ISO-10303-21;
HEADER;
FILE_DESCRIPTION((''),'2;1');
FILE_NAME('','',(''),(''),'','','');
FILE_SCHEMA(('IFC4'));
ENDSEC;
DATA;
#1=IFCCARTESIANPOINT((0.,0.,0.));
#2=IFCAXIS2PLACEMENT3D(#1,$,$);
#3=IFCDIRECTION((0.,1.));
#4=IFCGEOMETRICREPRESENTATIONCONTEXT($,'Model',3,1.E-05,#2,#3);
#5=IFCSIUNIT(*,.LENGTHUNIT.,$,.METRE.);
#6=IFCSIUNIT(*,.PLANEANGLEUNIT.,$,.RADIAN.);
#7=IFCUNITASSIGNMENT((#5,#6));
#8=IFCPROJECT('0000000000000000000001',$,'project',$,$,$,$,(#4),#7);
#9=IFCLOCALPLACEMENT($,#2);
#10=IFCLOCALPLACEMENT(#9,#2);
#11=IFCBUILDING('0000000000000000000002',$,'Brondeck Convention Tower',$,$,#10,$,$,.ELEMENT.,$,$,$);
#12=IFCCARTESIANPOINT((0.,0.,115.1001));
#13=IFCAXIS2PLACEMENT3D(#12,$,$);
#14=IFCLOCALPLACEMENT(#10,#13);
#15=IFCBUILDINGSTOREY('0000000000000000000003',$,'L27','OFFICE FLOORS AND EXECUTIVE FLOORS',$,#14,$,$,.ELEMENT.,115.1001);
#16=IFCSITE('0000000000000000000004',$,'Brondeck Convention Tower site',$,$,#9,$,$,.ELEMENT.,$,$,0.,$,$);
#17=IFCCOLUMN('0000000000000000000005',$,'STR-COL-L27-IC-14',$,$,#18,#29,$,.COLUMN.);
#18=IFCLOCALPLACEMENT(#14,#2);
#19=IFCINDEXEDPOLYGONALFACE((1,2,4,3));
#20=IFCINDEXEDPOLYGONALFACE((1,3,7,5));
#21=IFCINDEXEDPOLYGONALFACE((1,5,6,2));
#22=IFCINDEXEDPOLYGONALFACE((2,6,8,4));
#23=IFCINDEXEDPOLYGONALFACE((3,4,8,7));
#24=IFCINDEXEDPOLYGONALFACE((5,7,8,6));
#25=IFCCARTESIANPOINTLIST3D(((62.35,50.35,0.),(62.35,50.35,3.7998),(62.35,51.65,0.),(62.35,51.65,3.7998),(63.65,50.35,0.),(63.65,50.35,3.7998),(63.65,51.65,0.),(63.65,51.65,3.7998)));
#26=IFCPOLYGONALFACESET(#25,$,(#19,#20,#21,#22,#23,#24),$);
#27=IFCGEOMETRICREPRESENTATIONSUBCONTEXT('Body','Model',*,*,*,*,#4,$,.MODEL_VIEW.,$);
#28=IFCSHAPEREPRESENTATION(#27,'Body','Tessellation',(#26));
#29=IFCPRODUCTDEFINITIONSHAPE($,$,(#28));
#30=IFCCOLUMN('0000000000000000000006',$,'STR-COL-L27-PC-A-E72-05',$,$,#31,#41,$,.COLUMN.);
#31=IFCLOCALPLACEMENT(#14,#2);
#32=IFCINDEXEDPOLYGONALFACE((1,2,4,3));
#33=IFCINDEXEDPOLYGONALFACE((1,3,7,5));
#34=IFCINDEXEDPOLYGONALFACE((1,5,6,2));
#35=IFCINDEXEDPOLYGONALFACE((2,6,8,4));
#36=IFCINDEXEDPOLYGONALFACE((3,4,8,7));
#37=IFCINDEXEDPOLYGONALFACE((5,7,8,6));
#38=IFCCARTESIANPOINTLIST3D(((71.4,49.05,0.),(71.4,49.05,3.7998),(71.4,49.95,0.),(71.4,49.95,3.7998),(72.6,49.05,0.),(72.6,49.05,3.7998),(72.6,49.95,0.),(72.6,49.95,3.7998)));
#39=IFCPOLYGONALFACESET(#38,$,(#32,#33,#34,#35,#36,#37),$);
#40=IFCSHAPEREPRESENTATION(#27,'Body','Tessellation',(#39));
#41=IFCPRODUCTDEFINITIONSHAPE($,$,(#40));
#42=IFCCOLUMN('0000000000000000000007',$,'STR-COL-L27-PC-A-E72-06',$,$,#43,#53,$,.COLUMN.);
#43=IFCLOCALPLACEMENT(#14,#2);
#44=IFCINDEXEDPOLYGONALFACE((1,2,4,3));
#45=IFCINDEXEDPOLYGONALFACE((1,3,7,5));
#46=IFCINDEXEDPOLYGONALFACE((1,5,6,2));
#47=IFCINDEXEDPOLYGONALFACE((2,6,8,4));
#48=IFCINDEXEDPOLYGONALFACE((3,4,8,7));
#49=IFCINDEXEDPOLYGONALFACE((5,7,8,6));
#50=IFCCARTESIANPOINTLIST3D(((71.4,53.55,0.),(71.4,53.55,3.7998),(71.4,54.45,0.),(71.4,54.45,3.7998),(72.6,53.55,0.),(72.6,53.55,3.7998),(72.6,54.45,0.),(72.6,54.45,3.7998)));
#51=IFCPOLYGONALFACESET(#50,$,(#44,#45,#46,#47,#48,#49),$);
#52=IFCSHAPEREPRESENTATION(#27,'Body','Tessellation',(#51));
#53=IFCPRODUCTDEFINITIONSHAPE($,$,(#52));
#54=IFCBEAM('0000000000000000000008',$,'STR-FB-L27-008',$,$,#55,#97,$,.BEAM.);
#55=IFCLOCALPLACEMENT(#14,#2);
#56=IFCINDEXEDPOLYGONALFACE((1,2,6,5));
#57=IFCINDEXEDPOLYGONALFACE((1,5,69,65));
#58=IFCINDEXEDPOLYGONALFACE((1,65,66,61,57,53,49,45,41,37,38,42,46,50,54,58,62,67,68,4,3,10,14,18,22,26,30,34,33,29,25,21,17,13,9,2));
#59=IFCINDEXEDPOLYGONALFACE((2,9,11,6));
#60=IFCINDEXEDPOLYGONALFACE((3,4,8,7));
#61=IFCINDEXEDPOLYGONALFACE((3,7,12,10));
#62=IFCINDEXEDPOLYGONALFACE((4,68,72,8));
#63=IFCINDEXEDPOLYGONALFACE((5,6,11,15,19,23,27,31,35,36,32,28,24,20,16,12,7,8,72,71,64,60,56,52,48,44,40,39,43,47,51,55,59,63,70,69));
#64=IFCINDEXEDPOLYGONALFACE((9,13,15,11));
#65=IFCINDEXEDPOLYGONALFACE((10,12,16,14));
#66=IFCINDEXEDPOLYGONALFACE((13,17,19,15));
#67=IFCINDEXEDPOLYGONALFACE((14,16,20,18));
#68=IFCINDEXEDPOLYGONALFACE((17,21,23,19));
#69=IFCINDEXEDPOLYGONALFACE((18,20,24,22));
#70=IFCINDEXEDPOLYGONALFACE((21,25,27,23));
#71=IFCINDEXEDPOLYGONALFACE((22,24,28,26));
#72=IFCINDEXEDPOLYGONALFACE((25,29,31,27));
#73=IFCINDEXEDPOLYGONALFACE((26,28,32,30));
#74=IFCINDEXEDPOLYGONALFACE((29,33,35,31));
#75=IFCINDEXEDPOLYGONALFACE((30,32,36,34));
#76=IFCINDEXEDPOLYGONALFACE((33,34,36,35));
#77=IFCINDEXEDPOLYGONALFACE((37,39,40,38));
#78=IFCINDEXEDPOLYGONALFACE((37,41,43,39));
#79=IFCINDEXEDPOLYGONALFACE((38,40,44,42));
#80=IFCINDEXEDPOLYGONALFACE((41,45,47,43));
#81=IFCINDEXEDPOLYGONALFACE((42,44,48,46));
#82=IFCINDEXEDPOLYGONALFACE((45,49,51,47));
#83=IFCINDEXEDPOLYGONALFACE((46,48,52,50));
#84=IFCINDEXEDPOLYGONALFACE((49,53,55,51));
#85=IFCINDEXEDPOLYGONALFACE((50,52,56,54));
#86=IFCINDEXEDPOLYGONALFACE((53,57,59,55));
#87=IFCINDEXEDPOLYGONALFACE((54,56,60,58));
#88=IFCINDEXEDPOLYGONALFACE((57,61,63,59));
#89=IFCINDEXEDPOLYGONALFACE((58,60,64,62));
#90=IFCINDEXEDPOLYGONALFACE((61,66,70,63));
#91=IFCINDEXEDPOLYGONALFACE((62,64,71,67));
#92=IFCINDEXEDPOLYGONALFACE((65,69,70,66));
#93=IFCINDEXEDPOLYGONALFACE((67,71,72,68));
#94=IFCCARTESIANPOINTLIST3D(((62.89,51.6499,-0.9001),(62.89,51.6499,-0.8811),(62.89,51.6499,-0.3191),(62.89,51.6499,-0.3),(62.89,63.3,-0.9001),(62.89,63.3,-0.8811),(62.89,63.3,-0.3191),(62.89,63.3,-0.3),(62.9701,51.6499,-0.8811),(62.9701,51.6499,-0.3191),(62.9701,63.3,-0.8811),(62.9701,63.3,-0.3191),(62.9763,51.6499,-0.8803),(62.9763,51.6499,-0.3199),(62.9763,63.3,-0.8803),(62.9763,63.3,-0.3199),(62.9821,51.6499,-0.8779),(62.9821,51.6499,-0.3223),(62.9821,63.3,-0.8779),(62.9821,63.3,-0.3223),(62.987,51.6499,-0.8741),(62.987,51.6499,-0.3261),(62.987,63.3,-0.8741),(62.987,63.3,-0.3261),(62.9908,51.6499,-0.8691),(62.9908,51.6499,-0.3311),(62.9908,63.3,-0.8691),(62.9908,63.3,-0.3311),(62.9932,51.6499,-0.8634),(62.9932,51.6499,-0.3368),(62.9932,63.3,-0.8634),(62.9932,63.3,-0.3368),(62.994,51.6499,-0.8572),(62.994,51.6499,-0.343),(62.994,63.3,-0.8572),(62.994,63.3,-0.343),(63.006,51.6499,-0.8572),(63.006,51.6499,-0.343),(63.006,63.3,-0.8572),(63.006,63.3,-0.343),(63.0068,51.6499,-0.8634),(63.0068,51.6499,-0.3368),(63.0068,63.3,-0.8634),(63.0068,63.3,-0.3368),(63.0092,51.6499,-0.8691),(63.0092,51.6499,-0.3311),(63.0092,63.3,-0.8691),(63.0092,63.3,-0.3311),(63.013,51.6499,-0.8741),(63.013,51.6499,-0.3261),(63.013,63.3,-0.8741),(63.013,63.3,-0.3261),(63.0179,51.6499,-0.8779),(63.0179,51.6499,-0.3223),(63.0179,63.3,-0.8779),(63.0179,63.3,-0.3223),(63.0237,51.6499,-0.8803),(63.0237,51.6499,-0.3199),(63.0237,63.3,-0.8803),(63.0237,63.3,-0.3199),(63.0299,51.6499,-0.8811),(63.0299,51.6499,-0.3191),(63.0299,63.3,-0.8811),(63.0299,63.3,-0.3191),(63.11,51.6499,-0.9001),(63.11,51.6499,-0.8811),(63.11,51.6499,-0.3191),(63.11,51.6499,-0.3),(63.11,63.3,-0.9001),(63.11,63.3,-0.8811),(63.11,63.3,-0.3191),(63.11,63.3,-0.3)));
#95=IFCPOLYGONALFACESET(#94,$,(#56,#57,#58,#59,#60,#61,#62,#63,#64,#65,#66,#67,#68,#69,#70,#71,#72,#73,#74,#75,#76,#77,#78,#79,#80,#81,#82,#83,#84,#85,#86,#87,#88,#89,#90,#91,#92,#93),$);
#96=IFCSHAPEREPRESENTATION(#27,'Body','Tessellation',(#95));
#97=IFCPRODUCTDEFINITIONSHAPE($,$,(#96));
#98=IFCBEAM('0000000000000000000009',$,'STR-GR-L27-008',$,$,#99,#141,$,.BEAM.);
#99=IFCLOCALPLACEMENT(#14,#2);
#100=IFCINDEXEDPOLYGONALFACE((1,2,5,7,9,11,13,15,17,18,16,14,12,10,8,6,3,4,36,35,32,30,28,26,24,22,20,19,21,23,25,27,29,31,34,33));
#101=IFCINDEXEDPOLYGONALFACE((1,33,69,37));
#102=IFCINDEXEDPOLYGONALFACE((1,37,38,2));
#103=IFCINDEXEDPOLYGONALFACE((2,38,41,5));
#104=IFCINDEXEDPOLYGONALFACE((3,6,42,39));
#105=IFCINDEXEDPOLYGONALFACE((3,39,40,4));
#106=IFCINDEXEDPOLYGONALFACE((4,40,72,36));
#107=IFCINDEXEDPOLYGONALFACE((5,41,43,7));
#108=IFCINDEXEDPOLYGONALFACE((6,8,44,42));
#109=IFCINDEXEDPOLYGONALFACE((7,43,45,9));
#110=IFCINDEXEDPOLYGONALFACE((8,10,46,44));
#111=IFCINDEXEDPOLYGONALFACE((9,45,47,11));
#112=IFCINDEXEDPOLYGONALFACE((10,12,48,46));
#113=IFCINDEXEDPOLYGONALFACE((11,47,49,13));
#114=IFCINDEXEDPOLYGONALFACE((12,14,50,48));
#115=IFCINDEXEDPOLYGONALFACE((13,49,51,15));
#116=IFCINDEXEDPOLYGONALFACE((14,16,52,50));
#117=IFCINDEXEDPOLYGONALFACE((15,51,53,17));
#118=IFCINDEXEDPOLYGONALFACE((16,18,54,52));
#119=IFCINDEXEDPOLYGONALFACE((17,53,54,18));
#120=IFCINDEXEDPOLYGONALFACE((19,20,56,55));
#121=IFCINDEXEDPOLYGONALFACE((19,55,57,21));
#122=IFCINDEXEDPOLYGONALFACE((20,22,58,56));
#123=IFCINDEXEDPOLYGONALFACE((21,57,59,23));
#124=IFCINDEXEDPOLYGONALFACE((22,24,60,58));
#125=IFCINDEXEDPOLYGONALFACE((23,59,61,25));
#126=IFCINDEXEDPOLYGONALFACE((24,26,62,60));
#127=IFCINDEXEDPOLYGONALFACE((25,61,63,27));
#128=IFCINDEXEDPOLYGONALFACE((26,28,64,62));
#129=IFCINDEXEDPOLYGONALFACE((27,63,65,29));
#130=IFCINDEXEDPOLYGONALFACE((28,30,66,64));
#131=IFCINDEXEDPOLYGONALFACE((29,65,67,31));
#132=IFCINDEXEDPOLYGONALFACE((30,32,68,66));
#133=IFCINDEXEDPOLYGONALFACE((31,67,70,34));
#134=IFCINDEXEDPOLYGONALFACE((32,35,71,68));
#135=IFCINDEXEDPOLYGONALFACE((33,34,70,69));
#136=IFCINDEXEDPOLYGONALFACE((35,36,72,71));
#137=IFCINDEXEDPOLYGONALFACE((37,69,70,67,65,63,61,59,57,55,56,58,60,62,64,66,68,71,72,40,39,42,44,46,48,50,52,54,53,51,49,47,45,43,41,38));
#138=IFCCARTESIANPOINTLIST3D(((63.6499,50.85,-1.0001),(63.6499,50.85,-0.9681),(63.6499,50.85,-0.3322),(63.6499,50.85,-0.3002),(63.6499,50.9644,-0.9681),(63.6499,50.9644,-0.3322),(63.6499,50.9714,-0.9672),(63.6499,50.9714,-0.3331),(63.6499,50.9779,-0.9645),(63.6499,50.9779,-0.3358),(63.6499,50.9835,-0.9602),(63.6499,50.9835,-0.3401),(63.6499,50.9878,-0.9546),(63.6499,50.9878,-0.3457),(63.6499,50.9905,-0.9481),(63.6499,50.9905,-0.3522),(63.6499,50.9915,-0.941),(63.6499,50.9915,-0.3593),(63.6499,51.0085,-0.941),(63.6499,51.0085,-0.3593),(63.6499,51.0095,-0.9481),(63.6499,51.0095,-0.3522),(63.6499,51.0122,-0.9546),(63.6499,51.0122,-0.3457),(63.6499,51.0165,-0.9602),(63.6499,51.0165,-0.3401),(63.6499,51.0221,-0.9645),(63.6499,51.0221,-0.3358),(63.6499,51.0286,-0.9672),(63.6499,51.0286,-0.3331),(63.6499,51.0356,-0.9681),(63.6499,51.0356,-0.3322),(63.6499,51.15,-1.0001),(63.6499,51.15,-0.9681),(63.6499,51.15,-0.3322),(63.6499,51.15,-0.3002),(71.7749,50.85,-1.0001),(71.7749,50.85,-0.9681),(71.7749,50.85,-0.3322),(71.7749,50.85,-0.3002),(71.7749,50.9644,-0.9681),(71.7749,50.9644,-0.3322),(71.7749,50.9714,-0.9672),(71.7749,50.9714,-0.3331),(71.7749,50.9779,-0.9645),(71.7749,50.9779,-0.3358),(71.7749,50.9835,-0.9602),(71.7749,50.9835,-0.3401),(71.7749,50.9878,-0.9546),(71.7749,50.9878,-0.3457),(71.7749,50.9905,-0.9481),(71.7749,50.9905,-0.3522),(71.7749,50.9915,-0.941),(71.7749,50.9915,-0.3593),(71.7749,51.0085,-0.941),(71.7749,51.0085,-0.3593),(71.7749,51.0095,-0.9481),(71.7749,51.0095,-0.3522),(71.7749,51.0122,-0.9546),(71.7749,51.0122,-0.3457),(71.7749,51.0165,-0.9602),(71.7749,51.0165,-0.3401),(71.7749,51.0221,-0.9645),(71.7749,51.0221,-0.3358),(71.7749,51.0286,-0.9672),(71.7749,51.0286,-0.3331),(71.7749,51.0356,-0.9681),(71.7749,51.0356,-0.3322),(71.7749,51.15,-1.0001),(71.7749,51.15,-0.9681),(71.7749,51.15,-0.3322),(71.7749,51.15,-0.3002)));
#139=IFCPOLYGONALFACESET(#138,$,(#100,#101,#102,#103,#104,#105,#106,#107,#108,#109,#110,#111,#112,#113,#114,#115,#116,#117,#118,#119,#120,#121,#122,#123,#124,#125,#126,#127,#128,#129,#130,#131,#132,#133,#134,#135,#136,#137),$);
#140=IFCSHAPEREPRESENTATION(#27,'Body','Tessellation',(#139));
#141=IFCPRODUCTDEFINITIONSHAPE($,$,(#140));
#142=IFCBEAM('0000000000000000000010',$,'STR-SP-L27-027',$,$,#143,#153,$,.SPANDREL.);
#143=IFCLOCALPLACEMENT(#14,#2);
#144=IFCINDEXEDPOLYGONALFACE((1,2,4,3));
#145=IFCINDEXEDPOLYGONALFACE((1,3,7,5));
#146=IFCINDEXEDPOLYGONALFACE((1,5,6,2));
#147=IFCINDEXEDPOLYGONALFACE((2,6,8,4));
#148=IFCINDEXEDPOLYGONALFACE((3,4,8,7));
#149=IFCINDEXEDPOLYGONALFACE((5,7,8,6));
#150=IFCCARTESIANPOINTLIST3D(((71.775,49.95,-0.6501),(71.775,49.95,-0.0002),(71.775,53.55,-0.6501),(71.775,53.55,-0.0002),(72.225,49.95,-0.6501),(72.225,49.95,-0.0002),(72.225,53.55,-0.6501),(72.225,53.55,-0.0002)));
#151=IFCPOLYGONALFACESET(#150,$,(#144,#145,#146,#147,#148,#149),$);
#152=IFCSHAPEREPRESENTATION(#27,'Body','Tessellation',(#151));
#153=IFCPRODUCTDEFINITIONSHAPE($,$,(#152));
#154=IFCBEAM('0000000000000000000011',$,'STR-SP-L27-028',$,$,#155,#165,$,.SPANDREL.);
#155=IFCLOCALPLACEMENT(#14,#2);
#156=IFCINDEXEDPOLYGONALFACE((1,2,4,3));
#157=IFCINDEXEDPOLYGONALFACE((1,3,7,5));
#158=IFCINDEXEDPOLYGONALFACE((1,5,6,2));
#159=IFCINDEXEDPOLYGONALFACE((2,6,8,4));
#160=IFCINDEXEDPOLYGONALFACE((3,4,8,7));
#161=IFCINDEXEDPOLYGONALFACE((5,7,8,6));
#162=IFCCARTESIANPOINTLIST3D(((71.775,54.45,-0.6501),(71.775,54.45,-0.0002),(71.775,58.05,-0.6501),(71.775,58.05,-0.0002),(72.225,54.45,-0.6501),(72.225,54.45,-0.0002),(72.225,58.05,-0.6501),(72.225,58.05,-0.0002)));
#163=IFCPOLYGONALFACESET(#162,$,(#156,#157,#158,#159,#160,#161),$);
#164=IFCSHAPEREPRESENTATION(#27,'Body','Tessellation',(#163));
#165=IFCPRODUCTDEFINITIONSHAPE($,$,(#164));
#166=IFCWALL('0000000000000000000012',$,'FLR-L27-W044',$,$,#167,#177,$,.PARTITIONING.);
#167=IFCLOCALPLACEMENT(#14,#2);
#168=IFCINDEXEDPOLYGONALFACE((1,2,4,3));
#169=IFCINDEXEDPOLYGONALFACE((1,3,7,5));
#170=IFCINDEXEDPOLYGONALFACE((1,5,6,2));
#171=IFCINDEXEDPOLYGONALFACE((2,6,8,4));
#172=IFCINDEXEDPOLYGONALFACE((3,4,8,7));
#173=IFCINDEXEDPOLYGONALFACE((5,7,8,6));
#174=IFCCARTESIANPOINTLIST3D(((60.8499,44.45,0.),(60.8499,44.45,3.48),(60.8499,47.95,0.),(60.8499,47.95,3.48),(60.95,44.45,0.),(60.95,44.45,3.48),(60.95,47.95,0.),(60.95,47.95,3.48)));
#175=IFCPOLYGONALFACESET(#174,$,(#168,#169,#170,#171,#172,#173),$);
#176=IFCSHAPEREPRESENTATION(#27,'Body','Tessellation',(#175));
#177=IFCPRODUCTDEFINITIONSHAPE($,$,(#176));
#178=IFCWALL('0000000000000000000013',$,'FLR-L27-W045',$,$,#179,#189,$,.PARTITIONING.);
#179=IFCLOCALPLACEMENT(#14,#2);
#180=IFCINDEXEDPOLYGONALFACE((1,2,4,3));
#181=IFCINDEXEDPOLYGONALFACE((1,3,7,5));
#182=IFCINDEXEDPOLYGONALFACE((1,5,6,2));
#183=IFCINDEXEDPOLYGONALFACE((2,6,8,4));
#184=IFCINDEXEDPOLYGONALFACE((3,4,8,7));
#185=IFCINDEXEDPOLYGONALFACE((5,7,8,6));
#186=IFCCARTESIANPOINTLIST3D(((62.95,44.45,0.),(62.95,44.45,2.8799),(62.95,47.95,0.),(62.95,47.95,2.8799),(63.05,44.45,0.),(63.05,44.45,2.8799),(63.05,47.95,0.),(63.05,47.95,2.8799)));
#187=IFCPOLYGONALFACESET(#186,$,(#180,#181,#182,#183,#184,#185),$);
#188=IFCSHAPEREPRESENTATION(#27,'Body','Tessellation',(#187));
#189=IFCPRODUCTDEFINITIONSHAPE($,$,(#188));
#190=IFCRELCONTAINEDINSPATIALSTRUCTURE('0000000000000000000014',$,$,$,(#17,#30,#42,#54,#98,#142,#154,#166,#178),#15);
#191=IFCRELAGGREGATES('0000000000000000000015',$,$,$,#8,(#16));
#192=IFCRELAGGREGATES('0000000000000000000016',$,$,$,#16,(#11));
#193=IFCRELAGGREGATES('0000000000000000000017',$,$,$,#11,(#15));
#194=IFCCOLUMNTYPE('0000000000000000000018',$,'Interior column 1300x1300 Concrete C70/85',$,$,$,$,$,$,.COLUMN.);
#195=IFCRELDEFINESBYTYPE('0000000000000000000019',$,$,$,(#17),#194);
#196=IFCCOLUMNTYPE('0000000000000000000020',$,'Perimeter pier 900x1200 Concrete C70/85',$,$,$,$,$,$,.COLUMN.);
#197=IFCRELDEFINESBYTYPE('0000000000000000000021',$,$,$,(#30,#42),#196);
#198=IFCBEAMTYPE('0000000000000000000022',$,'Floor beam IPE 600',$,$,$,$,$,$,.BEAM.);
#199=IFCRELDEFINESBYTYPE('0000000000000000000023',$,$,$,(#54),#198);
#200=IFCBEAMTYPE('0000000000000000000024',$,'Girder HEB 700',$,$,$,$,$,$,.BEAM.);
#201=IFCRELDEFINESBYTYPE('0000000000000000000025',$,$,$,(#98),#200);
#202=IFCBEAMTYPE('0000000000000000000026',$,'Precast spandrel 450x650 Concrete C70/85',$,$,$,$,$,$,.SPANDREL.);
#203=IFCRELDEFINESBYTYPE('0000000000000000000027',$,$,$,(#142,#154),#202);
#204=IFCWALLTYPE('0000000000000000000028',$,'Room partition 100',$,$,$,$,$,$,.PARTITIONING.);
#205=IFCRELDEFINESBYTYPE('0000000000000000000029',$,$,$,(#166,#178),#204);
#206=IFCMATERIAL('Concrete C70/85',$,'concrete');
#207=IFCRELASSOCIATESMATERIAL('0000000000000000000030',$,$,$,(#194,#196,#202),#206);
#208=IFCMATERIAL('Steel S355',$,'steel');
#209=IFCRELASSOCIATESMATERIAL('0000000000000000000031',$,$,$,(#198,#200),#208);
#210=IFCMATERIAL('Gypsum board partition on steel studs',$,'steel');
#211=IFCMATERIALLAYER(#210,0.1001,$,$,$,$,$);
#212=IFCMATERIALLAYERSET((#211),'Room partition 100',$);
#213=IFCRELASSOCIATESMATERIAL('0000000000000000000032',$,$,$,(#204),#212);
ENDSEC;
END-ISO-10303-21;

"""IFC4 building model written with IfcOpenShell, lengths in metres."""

from ifc_helpers import new_model, si_unit, direction, frame, frame_2d, origin, origin_2d, place, context, subcontext, project, spatial, rectangle, i_section, extrude, material, layer, layer_set, material_profile, profile_set, type_object, element, save


model = new_model("IFC4")

# Units and contexts
model_context = context("Model", 3, precision=1e-05, world=origin(), true_north=direction((0.0, 1.0)))
body_context = subcontext(model_context, "Body", "Model", "MODEL_VIEW")
ifc_project = project(units=[si_unit("LENGTHUNIT", "METRE"), si_unit("PLANEANGLEUNIT", "RADIAN")], contexts=[model_context])

# Site, building, storey
site_placement = place(None, origin())
site = spatial("IfcSite", under=ifc_project, at=site_placement, Name="Brondeck Convention Tower site", CompositionType="ELEMENT", RefElevation=0.0)
building_placement = place(site_placement, origin())
building = spatial("IfcBuilding", under=site, at=building_placement, Name="Brondeck Convention Tower", CompositionType="ELEMENT")
storey_placement = place(building_placement, frame((0.0, 0.0, 115.1001)))
storey = spatial("IfcBuildingStorey", under=building, at=storey_placement, Name="L27", Description="OFFICE FLOORS AND EXECUTIVE FLOORS", CompositionType="ELEMENT", Elevation=115.1001)

# Columns
ifc_material_1 = material(Name="Concrete C70/85", Category="concrete")
ifc_material_profile_1 = material_profile(ifc_material_1, rectangle(XDim=1.3, YDim=1.3, at=origin_2d()), Name="Interior column 1300x1300 Concrete C70/85")
ifc_profile_set_1 = profile_set([ifc_material_profile_1], Name="Concrete C70/85")
column_type_1 = type_object("IfcColumnType", Name="Interior column 1300x1300 Concrete C70/85", PredefinedType="COLUMN", material=ifc_profile_set_1)
column_placement = place(storey_placement, frame((63.0, 51.0, 0.0), z_axis=(0.0, 0.0, 1.0), x_axis=(1.0, 0.0, 0.0)))
element("IfcColumn", 1, at=column_placement, inside=storey, type_object=column_type_1, Name="STR-COL-L27-IC-14", PredefinedType="COLUMN", context=body_context, shape_type="SweptSolid", body=[
    extrude(rectangle(XDim=1.3, YDim=1.3, at=origin_2d()), origin(), (0.0, 0.0, 1.0), 3.7998),
])
ifc_material_profile_2 = material_profile(ifc_material_1, rectangle(XDim=0.8999, YDim=1.2, at=origin_2d()), Name="Perimeter pier 900x1200 Concrete C70/85")
ifc_profile_set_2 = profile_set([ifc_material_profile_2], Name="Concrete C70/85")
column_type_2 = type_object("IfcColumnType", Name="Perimeter pier 900x1200 Concrete C70/85", PredefinedType="COLUMN", material=ifc_profile_set_2)
for number, where, z_axis, x_axis, name in (
    (2, (72.0, 49.5, 0.0), (0.0, 0.0, 1.0), (0.0, 1.0, 0.0), "STR-COL-L27-PC-A-E72-05"),
    (3, (72.0, 54.0, 0.0), (0.0, 0.0, 1.0), (0.0, 1.0, 0.0), "STR-COL-L27-PC-A-E72-06"),
):
    element("IfcColumn", number, at=place(storey_placement, frame(where, z_axis=z_axis, x_axis=x_axis)), inside=storey, type_object=column_type_2, Name=name, PredefinedType="COLUMN", context=body_context, shape_type="SweptSolid", body=[
        extrude(rectangle(XDim=0.8999, YDim=1.2, at=origin_2d()), origin(), (0.0, 0.0, 1.0), 3.7998),
    ])

# Beams
ifc_material_2 = material(Name="Steel S355", Category="steel")
ifc_material_profile_3 = material_profile(ifc_material_2, i_section(OverallWidth=0.22, OverallDepth=0.6001, WebThickness=0.012, FlangeThickness=0.019, FilletRadius=0.0239, at=origin_2d()), Name="IPE 600")
ifc_profile_set_3 = profile_set([ifc_material_profile_3], Name="Steel S355")
beam_type_1 = type_object("IfcBeamType", Name="Floor beam IPE 600", PredefinedType="BEAM", material=ifc_profile_set_3)
beam_1_placement = place(storey_placement, frame((63.0, 51.6499, -0.6001), z_axis=(0.0, 1.0, 0.0), x_axis=(-1.0, 0.0, 0.0)))
element("IfcBeam", 4, at=beam_1_placement, inside=storey, type_object=beam_type_1, Name="STR-FB-L27-008", PredefinedType="BEAM", context=body_context, shape_type="SweptSolid", body=[
    extrude(i_section(OverallWidth=0.22, OverallDepth=0.6001, WebThickness=0.012, FlangeThickness=0.019, FilletRadius=0.0239, at=origin_2d()), origin(), (0.0, 0.0, 1.0), 11.6501),
])
ifc_material_profile_4 = material_profile(ifc_material_2, i_section(OverallWidth=0.3, OverallDepth=0.7, WebThickness=0.0171, FlangeThickness=0.032, FilletRadius=0.0271, at=origin_2d()), Name="HEB 700")
ifc_profile_set_4 = profile_set([ifc_material_profile_4], Name="Steel S355")
beam_type_2 = type_object("IfcBeamType", Name="Girder HEB 700", PredefinedType="BEAM", material=ifc_profile_set_4)
beam_2_placement = place(storey_placement, frame((63.6499, 51.0, -0.6501), z_axis=(1.0, 0.0, 0.0), x_axis=(0.0, 1.0, 0.0)))
element("IfcBeam", 5, at=beam_2_placement, inside=storey, type_object=beam_type_2, Name="STR-GR-L27-008", PredefinedType="BEAM", context=body_context, shape_type="SweptSolid", body=[
    extrude(i_section(OverallWidth=0.3, OverallDepth=0.7, WebThickness=0.0171, FlangeThickness=0.032, FilletRadius=0.0271, at=origin_2d()), origin(), (0.0, 0.0, 1.0), 8.125),
])
ifc_material_profile_5 = material_profile(ifc_material_1, rectangle(XDim=0.45, YDim=0.6499, at=origin_2d()), Name="Precast spandrel 450x650 Concrete C70/85")
ifc_profile_set_5 = profile_set([ifc_material_profile_5], Name="Concrete C70/85")
beam_type_3 = type_object("IfcBeamType", Name="Precast spandrel 450x650 Concrete C70/85", PredefinedType="SPANDREL", material=ifc_profile_set_5)
for number, where, z_axis, x_axis, name in (
    (6, (72.0, 49.95, -0.3252), (0.0, 1.0, 0.0), (-1.0, 0.0, 0.0), "STR-SP-L27-027"),
    (7, (72.0, 54.45, -0.3252), (0.0, 1.0, 0.0), (-1.0, 0.0, 0.0), "STR-SP-L27-028"),
):
    element("IfcBeam", number, at=place(storey_placement, frame(where, z_axis=z_axis, x_axis=x_axis)), inside=storey, type_object=beam_type_3, Name=name, PredefinedType="SPANDREL", context=body_context, shape_type="SweptSolid", body=[
        extrude(rectangle(XDim=0.45, YDim=0.6499, at=origin_2d()), origin(), (0.0, 0.0, 1.0), 3.6001),
    ])

# Walls
ifc_material_3 = material(Name="Gypsum board partition on steel studs", Category="steel")
ifc_layer = layer(ifc_material_3, 0.1001)
ifc_layer_set = layer_set([ifc_layer], Name="Room partition 100")
wall_type = type_object("IfcWallType", Name="Room partition 100", PredefinedType="PARTITIONING", material=ifc_layer_set)
wall_1_placement = place(storey_placement, frame((60.8999, 47.95, 0.0), z_axis=(0.0, 0.0, 1.0), x_axis=(0.0, -1.0, 0.0)))
element("IfcWall", 8, at=wall_1_placement, inside=storey, type_object=wall_type, Name="FLR-L27-W044", PredefinedType="PARTITIONING", context=body_context, shape_type="SweptSolid", body=[
    extrude(rectangle(XDim=3.5, YDim=0.1001, at=frame_2d((1.75, 0.0))), origin(), (0.0, 0.0, 1.0), 3.48),
])
wall_2_placement = place(storey_placement, frame((63.0, 47.95, 0.0), z_axis=(0.0, 0.0, 1.0), x_axis=(0.0, -1.0, 0.0)))
element("IfcWall", 9, at=wall_2_placement, inside=storey, type_object=wall_type, Name="FLR-L27-W045", PredefinedType="PARTITIONING", context=body_context, shape_type="SweptSolid", body=[
    extrude(rectangle(XDim=3.5, YDim=0.1001, at=frame_2d((1.75, 0.0))), origin(), (0.0, 0.0, 1.0), 2.8799),
])

save(model, "model.ifc")
